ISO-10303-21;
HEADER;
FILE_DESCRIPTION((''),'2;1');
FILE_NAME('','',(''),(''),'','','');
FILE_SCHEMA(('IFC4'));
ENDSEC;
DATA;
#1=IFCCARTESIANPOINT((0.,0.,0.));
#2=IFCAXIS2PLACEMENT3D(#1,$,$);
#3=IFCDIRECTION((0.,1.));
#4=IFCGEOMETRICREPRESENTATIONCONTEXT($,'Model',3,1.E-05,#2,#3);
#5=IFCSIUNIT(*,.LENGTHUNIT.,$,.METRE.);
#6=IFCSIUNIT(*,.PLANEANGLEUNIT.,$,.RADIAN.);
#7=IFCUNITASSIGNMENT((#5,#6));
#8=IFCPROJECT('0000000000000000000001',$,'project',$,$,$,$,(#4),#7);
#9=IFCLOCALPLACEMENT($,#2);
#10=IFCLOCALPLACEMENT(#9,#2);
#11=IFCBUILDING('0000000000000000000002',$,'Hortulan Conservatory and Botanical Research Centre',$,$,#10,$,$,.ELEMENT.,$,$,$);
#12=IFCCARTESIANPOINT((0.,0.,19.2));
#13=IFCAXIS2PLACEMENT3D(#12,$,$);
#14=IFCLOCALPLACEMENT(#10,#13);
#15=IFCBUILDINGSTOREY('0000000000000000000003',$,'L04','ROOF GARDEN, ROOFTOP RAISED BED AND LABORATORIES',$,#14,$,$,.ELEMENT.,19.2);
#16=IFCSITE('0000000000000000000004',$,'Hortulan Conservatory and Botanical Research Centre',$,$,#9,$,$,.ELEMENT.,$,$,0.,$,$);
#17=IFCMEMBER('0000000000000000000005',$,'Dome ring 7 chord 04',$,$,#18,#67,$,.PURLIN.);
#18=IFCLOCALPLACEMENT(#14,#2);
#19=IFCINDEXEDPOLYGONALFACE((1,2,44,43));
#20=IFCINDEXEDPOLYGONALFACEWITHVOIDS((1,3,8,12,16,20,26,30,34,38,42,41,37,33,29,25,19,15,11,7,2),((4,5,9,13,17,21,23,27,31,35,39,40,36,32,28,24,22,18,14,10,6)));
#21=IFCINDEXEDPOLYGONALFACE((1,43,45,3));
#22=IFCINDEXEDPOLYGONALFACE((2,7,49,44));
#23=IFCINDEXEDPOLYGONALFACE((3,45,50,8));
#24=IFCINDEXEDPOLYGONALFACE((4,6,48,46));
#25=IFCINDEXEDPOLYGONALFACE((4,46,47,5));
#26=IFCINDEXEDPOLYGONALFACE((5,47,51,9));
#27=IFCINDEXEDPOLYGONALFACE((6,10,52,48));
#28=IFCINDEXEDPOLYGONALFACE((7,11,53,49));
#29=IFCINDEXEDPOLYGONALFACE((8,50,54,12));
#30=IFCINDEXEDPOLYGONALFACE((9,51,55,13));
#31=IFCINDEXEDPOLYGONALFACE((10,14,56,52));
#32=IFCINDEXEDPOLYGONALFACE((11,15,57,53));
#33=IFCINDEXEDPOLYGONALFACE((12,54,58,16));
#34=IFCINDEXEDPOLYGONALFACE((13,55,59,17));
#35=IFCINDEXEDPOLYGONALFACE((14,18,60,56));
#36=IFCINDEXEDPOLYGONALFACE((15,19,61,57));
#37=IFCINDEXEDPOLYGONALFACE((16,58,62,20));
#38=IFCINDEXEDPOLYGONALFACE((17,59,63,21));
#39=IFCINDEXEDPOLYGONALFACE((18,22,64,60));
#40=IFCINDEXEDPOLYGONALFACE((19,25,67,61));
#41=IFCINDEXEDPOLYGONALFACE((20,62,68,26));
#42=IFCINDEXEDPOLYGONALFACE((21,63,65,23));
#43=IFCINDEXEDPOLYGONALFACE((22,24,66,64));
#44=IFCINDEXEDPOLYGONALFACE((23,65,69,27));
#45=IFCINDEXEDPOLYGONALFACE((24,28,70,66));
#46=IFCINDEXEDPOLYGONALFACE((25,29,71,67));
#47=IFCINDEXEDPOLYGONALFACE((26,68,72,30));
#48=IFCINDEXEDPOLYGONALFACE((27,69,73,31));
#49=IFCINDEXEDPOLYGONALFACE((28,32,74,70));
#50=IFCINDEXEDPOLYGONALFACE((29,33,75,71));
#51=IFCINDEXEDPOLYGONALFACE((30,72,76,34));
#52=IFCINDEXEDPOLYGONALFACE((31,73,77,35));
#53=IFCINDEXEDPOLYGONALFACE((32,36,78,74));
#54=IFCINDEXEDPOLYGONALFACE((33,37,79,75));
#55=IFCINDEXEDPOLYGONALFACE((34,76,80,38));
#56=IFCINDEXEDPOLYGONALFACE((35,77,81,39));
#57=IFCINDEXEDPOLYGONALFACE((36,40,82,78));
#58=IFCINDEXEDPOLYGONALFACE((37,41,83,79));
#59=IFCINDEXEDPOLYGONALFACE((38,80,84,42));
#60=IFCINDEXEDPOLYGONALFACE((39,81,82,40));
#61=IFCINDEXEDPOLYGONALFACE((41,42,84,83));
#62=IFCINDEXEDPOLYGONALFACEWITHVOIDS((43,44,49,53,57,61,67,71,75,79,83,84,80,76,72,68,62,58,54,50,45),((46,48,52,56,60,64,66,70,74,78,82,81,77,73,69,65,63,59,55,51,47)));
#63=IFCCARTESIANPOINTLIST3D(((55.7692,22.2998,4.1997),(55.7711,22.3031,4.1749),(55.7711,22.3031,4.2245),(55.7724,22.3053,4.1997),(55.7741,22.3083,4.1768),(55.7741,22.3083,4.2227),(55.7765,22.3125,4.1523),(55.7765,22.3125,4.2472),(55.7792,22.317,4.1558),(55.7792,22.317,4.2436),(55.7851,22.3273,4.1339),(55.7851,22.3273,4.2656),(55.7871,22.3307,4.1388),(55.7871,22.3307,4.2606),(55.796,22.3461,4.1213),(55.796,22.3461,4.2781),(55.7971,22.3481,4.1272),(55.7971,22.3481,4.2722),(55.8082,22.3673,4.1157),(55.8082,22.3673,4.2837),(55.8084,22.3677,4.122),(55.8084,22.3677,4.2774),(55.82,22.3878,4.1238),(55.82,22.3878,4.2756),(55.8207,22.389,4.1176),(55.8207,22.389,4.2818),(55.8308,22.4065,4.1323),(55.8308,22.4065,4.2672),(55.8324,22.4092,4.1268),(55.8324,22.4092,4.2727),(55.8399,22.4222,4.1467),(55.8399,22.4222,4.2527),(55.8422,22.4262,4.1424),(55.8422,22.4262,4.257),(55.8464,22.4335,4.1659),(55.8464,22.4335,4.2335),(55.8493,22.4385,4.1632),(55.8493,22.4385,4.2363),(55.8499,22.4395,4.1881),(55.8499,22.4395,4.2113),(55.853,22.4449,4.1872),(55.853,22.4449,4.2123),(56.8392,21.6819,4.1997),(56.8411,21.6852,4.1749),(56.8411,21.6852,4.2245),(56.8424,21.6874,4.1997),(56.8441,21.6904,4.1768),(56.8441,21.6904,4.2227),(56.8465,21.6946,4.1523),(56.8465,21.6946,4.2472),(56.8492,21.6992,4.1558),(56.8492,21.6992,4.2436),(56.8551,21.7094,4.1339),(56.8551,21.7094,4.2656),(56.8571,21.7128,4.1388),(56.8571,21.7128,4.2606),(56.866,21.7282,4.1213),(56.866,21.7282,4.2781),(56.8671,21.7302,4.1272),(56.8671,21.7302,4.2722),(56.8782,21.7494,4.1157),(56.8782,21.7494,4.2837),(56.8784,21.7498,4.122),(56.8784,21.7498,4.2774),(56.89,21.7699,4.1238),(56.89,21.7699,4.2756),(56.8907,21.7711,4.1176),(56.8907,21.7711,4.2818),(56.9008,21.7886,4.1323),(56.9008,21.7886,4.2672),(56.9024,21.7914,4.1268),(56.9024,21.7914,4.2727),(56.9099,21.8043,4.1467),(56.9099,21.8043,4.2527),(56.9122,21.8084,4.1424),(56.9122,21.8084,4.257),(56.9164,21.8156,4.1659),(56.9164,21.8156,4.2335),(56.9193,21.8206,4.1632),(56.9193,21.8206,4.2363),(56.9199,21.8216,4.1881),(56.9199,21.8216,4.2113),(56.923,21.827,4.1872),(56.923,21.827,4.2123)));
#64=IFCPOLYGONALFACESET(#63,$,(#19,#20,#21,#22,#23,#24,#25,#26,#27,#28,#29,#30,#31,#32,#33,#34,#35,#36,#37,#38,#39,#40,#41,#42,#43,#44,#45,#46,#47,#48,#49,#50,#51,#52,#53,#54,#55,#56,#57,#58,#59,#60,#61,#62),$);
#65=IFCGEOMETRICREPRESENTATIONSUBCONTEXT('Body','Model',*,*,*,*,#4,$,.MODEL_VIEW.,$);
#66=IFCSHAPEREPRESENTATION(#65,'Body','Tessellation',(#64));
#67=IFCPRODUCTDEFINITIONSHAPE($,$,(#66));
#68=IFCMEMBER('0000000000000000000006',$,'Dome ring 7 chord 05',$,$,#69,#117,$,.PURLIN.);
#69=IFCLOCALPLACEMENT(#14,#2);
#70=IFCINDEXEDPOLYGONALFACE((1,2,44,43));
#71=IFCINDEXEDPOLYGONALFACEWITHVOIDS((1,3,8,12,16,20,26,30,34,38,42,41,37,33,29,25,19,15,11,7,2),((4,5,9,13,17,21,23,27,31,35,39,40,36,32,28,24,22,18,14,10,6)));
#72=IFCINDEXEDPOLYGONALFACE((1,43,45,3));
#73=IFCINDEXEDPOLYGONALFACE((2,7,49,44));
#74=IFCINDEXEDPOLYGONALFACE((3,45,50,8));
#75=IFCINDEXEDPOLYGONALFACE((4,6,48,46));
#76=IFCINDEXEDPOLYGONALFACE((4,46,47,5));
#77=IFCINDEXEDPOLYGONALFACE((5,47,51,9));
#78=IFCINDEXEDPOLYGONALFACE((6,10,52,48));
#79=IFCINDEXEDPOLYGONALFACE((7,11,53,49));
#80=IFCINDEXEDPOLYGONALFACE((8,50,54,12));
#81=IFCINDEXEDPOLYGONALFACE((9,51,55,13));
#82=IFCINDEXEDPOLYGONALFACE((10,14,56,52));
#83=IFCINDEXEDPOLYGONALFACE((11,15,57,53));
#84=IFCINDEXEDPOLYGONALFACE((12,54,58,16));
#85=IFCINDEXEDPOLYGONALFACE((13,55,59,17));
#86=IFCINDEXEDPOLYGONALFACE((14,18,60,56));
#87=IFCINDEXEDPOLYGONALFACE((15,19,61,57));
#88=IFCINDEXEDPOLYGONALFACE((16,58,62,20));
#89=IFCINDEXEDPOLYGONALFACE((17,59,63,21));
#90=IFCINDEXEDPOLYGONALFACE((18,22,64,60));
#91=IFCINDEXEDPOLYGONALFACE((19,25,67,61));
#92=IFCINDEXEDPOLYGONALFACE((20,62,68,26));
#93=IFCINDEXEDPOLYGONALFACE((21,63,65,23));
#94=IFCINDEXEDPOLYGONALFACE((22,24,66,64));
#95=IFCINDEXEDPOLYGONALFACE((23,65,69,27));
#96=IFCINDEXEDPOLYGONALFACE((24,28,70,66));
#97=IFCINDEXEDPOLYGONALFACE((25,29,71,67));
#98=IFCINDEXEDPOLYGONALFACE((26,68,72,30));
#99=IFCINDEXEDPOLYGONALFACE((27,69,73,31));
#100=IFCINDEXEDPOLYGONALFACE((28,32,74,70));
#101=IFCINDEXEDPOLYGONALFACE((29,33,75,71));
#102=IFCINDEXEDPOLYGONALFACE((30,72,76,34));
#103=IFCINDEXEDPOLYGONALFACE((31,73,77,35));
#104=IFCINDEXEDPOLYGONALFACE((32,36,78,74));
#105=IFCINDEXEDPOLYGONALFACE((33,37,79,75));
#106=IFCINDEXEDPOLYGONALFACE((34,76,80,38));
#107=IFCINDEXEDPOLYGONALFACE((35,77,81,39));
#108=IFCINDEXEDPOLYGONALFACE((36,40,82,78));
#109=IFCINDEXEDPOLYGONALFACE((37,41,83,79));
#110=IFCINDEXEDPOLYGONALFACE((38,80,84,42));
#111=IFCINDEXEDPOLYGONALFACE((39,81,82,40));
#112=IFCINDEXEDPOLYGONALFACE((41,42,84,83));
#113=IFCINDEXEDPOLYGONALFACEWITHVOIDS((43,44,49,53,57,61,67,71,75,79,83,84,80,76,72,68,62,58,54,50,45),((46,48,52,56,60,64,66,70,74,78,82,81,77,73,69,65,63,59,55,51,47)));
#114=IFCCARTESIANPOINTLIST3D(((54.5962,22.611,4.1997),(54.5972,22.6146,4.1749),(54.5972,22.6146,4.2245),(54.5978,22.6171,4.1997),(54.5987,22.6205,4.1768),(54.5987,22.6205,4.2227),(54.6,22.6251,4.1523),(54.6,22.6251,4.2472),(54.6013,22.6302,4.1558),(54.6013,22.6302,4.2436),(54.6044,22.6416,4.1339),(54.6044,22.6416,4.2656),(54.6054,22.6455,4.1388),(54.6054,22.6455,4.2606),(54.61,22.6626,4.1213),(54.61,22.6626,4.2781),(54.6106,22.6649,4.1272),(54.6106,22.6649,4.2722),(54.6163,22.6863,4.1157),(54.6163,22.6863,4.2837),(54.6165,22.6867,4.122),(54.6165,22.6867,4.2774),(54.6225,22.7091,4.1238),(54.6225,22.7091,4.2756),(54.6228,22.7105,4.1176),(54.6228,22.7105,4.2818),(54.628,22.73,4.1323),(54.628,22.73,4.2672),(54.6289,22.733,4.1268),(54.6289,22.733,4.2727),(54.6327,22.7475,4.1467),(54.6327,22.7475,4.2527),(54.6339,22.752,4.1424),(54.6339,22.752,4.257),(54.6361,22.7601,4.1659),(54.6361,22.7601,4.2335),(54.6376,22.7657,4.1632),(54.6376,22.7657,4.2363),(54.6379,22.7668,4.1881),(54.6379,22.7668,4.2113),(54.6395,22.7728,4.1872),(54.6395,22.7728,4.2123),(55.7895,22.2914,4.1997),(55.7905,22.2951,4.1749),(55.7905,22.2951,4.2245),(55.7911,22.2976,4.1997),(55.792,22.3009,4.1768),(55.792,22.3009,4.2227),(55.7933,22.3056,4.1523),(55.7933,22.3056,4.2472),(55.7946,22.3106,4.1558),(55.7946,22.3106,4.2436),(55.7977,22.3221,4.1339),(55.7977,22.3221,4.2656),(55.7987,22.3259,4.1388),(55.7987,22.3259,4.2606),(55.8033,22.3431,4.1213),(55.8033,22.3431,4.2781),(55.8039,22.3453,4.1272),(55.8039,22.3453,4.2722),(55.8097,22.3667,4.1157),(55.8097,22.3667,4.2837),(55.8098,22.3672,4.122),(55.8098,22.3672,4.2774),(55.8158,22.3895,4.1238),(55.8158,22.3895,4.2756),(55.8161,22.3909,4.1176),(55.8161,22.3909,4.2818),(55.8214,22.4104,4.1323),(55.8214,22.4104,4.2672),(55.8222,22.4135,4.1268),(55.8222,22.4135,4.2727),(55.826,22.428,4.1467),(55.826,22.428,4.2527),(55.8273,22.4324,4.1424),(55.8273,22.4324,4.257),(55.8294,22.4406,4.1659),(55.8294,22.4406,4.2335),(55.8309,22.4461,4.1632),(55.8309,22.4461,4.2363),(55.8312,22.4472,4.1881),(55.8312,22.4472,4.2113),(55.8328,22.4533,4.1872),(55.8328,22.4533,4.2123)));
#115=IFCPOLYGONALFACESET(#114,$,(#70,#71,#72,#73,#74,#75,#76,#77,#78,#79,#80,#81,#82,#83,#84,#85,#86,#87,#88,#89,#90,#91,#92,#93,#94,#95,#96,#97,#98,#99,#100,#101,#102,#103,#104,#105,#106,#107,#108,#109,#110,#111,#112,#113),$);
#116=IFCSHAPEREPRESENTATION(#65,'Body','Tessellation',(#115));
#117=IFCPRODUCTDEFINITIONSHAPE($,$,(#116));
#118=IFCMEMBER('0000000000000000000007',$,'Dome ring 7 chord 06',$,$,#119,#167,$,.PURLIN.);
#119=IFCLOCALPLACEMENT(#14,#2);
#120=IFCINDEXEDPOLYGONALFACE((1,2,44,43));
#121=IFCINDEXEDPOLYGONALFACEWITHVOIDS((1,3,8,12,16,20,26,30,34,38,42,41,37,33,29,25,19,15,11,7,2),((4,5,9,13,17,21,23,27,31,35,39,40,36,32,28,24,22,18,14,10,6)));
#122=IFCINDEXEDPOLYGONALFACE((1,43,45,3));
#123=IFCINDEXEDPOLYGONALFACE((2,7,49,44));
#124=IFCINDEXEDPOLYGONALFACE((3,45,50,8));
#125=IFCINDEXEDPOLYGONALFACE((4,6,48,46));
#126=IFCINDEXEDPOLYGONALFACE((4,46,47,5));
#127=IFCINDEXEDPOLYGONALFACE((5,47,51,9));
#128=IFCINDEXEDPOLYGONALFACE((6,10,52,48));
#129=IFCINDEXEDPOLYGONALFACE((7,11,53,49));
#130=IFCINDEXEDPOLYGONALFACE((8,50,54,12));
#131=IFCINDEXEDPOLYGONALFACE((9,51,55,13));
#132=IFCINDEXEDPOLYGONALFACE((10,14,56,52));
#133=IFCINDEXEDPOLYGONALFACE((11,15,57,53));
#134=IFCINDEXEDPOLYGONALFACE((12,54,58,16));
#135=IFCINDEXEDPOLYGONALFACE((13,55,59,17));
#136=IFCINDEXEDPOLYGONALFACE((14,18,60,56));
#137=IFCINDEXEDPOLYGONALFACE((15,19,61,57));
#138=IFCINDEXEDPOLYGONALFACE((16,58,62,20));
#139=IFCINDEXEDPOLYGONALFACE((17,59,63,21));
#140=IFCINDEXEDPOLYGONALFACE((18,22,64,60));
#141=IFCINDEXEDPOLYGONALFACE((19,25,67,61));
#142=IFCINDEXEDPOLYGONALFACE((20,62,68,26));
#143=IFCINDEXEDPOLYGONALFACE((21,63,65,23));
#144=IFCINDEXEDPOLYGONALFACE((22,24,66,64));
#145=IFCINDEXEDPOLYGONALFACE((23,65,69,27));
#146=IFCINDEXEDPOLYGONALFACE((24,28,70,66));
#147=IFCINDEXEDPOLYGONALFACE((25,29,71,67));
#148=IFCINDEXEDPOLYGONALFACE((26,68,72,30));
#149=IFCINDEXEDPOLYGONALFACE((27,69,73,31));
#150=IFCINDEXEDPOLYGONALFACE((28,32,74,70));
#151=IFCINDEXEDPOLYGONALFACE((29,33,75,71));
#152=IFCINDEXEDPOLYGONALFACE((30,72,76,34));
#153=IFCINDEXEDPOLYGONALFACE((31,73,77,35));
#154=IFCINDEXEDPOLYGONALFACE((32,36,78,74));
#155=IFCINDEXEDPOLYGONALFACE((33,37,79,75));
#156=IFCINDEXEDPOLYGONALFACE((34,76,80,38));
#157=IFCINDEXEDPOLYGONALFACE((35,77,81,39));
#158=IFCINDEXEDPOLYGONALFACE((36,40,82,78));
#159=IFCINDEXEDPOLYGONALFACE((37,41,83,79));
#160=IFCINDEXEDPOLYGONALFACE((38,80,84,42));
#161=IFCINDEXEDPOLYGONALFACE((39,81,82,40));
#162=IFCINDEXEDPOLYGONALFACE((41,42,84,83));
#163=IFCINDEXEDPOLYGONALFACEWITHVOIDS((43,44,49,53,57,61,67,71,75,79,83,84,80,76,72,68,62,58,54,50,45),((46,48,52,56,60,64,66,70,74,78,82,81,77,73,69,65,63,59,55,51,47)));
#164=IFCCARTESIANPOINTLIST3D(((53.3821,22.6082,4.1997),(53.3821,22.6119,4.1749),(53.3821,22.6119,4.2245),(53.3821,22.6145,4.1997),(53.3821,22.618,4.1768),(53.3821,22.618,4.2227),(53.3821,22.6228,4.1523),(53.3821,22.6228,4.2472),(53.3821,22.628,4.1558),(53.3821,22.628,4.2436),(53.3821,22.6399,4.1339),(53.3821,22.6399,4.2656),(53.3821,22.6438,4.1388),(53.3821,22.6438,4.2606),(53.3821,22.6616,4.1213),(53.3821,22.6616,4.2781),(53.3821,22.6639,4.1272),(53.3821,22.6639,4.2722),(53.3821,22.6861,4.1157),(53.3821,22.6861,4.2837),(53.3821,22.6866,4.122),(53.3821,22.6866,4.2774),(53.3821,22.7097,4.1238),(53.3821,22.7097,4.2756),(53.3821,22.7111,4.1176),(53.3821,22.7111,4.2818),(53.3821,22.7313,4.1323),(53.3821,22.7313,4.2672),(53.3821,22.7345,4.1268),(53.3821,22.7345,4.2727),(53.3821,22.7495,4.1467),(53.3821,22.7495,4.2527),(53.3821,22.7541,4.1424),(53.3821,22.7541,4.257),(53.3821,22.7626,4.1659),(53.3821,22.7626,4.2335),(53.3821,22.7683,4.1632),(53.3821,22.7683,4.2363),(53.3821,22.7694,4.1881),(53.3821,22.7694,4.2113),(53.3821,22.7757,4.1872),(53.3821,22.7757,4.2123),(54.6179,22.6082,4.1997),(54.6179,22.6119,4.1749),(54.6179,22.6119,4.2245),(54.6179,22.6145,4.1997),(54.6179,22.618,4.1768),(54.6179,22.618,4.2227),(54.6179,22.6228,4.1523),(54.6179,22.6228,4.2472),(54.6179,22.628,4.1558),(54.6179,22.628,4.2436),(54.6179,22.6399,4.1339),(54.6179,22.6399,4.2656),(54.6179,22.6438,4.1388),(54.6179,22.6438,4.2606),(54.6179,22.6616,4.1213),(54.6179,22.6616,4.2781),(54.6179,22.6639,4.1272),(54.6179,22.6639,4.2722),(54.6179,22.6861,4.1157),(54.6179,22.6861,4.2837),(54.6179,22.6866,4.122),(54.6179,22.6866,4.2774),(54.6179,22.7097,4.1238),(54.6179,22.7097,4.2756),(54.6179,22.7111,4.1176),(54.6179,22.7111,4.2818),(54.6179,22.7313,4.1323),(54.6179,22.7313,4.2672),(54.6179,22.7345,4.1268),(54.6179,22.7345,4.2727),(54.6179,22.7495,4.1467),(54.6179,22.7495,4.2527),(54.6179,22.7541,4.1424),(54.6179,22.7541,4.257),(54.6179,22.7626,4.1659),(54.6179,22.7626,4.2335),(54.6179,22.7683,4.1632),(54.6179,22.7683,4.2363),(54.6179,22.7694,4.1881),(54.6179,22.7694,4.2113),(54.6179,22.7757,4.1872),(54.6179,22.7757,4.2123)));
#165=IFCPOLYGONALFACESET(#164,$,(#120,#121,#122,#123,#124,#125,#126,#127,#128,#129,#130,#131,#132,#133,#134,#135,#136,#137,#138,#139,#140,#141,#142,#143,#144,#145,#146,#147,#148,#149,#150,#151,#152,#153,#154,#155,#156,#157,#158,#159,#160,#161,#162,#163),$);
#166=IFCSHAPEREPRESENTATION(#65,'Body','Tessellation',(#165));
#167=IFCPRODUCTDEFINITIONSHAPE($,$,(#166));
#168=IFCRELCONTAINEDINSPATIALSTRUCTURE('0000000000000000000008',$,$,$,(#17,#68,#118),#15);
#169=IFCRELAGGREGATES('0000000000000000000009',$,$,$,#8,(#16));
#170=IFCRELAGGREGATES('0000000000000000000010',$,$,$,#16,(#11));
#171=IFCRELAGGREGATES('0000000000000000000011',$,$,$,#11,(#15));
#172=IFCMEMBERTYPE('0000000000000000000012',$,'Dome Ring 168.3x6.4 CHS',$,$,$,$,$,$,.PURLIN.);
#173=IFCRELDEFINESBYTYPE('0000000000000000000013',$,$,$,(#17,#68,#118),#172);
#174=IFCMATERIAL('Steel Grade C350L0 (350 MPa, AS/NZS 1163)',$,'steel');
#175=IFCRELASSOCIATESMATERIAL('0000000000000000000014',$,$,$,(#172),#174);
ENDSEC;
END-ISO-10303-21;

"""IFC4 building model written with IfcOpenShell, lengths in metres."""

from ifc_helpers import new_model, si_unit, direction, frame, origin, origin_2d, place, context, subcontext, project, spatial, hollow_circle, extrude, material, material_profile, profile_set, type_object, element, save


model = new_model("IFC4")

# Units and contexts
model_context = context("Model", 3, precision=1e-05, world=origin(), true_north=direction((0.0, 1.0)))
body_context = subcontext(model_context, "Body", "Model", "MODEL_VIEW")
ifc_project = project(units=[si_unit("LENGTHUNIT", "METRE"), si_unit("PLANEANGLEUNIT", "RADIAN")], contexts=[model_context])

# Site, building, storey
site_placement = place(None, origin())
site = spatial("IfcSite", under=ifc_project, at=site_placement, Name="Hortulan Conservatory and Botanical Research Centre", CompositionType="ELEMENT", RefElevation=0.0)
building_placement = place(site_placement, origin())
building = spatial("IfcBuilding", under=site, at=building_placement, Name="Hortulan Conservatory and Botanical Research Centre", CompositionType="ELEMENT")
storey_placement = place(building_placement, frame((0.0, 0.0, 19.2)))
storey = spatial("IfcBuildingStorey", under=building, at=storey_placement, Name="L04", Description="ROOF GARDEN, ROOFTOP RAISED BED AND LABORATORIES", CompositionType="ELEMENT", Elevation=19.2)

# Shared definitions
ifc_material_1 = material(Name="Steel Grade C350L0 (350 MPa, AS/NZS 1163)", Category="steel")

# Members
ifc_material_profile_1 = material_profile(ifc_material_1, hollow_circle(Radius=0.0842, WallThickness=0.0063, at=origin_2d()), Name="168.3x6.4CHS")
ifc_profile_set_1 = profile_set([ifc_material_profile_1], Name="Steel Grade C350L0 (350 MPa, AS/NZS 1163)")
member_type_1 = type_object("IfcMemberType", Name="Dome Ring 168.3x6.4 CHS", PredefinedType="PURLIN", material=ifc_profile_set_1)
member_1_placement = place(storey_placement, frame((56.8813, 21.7549, 4.1997), z_axis=(-0.865985, 0.50007, 0.0), x_axis=(-0.50007, -0.865985, 0.0)))
element("IfcMember", 1, at=member_1_placement, inside=storey, type_object=member_type_1, Name="Dome ring 7 chord 04", PredefinedType="PURLIN", context=body_context, shape_type="SweptSolid", body=[
    extrude(hollow_circle(Radius=0.0842, WallThickness=0.0063, at=origin_2d()), origin(), (0.0, 0.0, 1.0), 1.2356),
])
member_2_placement = place(storey_placement, frame((55.8113, 22.3728, 4.1997), z_axis=(-0.965962, 0.258683, 0.0), x_axis=(-0.258683, -0.965962, 0.0)))
element("IfcMember", 2, at=member_2_placement, inside=storey, type_object=member_type_1, Name="Dome ring 7 chord 05", PredefinedType="PURLIN", context=body_context, shape_type="SweptSolid", body=[
    extrude(hollow_circle(Radius=0.0842, WallThickness=0.0063, at=origin_2d()), origin(), (0.0, 0.0, 1.0), 1.2354),
])
member_3_placement = place(storey_placement, frame((54.6179, 22.6924, 4.1997), z_axis=(-1.0, 0.0, 0.0), x_axis=(0.0, -1.0, 0.0)))
element("IfcMember", 3, at=member_3_placement, inside=storey, type_object=member_type_1, Name="Dome ring 7 chord 06", PredefinedType="PURLIN", context=body_context, shape_type="SweptSolid", body=[
    extrude(hollow_circle(Radius=0.0842, WallThickness=0.0063, at=origin_2d()), origin(), (0.0, 0.0, 1.0), 1.2358),
])

save(model, "model.ifc")
